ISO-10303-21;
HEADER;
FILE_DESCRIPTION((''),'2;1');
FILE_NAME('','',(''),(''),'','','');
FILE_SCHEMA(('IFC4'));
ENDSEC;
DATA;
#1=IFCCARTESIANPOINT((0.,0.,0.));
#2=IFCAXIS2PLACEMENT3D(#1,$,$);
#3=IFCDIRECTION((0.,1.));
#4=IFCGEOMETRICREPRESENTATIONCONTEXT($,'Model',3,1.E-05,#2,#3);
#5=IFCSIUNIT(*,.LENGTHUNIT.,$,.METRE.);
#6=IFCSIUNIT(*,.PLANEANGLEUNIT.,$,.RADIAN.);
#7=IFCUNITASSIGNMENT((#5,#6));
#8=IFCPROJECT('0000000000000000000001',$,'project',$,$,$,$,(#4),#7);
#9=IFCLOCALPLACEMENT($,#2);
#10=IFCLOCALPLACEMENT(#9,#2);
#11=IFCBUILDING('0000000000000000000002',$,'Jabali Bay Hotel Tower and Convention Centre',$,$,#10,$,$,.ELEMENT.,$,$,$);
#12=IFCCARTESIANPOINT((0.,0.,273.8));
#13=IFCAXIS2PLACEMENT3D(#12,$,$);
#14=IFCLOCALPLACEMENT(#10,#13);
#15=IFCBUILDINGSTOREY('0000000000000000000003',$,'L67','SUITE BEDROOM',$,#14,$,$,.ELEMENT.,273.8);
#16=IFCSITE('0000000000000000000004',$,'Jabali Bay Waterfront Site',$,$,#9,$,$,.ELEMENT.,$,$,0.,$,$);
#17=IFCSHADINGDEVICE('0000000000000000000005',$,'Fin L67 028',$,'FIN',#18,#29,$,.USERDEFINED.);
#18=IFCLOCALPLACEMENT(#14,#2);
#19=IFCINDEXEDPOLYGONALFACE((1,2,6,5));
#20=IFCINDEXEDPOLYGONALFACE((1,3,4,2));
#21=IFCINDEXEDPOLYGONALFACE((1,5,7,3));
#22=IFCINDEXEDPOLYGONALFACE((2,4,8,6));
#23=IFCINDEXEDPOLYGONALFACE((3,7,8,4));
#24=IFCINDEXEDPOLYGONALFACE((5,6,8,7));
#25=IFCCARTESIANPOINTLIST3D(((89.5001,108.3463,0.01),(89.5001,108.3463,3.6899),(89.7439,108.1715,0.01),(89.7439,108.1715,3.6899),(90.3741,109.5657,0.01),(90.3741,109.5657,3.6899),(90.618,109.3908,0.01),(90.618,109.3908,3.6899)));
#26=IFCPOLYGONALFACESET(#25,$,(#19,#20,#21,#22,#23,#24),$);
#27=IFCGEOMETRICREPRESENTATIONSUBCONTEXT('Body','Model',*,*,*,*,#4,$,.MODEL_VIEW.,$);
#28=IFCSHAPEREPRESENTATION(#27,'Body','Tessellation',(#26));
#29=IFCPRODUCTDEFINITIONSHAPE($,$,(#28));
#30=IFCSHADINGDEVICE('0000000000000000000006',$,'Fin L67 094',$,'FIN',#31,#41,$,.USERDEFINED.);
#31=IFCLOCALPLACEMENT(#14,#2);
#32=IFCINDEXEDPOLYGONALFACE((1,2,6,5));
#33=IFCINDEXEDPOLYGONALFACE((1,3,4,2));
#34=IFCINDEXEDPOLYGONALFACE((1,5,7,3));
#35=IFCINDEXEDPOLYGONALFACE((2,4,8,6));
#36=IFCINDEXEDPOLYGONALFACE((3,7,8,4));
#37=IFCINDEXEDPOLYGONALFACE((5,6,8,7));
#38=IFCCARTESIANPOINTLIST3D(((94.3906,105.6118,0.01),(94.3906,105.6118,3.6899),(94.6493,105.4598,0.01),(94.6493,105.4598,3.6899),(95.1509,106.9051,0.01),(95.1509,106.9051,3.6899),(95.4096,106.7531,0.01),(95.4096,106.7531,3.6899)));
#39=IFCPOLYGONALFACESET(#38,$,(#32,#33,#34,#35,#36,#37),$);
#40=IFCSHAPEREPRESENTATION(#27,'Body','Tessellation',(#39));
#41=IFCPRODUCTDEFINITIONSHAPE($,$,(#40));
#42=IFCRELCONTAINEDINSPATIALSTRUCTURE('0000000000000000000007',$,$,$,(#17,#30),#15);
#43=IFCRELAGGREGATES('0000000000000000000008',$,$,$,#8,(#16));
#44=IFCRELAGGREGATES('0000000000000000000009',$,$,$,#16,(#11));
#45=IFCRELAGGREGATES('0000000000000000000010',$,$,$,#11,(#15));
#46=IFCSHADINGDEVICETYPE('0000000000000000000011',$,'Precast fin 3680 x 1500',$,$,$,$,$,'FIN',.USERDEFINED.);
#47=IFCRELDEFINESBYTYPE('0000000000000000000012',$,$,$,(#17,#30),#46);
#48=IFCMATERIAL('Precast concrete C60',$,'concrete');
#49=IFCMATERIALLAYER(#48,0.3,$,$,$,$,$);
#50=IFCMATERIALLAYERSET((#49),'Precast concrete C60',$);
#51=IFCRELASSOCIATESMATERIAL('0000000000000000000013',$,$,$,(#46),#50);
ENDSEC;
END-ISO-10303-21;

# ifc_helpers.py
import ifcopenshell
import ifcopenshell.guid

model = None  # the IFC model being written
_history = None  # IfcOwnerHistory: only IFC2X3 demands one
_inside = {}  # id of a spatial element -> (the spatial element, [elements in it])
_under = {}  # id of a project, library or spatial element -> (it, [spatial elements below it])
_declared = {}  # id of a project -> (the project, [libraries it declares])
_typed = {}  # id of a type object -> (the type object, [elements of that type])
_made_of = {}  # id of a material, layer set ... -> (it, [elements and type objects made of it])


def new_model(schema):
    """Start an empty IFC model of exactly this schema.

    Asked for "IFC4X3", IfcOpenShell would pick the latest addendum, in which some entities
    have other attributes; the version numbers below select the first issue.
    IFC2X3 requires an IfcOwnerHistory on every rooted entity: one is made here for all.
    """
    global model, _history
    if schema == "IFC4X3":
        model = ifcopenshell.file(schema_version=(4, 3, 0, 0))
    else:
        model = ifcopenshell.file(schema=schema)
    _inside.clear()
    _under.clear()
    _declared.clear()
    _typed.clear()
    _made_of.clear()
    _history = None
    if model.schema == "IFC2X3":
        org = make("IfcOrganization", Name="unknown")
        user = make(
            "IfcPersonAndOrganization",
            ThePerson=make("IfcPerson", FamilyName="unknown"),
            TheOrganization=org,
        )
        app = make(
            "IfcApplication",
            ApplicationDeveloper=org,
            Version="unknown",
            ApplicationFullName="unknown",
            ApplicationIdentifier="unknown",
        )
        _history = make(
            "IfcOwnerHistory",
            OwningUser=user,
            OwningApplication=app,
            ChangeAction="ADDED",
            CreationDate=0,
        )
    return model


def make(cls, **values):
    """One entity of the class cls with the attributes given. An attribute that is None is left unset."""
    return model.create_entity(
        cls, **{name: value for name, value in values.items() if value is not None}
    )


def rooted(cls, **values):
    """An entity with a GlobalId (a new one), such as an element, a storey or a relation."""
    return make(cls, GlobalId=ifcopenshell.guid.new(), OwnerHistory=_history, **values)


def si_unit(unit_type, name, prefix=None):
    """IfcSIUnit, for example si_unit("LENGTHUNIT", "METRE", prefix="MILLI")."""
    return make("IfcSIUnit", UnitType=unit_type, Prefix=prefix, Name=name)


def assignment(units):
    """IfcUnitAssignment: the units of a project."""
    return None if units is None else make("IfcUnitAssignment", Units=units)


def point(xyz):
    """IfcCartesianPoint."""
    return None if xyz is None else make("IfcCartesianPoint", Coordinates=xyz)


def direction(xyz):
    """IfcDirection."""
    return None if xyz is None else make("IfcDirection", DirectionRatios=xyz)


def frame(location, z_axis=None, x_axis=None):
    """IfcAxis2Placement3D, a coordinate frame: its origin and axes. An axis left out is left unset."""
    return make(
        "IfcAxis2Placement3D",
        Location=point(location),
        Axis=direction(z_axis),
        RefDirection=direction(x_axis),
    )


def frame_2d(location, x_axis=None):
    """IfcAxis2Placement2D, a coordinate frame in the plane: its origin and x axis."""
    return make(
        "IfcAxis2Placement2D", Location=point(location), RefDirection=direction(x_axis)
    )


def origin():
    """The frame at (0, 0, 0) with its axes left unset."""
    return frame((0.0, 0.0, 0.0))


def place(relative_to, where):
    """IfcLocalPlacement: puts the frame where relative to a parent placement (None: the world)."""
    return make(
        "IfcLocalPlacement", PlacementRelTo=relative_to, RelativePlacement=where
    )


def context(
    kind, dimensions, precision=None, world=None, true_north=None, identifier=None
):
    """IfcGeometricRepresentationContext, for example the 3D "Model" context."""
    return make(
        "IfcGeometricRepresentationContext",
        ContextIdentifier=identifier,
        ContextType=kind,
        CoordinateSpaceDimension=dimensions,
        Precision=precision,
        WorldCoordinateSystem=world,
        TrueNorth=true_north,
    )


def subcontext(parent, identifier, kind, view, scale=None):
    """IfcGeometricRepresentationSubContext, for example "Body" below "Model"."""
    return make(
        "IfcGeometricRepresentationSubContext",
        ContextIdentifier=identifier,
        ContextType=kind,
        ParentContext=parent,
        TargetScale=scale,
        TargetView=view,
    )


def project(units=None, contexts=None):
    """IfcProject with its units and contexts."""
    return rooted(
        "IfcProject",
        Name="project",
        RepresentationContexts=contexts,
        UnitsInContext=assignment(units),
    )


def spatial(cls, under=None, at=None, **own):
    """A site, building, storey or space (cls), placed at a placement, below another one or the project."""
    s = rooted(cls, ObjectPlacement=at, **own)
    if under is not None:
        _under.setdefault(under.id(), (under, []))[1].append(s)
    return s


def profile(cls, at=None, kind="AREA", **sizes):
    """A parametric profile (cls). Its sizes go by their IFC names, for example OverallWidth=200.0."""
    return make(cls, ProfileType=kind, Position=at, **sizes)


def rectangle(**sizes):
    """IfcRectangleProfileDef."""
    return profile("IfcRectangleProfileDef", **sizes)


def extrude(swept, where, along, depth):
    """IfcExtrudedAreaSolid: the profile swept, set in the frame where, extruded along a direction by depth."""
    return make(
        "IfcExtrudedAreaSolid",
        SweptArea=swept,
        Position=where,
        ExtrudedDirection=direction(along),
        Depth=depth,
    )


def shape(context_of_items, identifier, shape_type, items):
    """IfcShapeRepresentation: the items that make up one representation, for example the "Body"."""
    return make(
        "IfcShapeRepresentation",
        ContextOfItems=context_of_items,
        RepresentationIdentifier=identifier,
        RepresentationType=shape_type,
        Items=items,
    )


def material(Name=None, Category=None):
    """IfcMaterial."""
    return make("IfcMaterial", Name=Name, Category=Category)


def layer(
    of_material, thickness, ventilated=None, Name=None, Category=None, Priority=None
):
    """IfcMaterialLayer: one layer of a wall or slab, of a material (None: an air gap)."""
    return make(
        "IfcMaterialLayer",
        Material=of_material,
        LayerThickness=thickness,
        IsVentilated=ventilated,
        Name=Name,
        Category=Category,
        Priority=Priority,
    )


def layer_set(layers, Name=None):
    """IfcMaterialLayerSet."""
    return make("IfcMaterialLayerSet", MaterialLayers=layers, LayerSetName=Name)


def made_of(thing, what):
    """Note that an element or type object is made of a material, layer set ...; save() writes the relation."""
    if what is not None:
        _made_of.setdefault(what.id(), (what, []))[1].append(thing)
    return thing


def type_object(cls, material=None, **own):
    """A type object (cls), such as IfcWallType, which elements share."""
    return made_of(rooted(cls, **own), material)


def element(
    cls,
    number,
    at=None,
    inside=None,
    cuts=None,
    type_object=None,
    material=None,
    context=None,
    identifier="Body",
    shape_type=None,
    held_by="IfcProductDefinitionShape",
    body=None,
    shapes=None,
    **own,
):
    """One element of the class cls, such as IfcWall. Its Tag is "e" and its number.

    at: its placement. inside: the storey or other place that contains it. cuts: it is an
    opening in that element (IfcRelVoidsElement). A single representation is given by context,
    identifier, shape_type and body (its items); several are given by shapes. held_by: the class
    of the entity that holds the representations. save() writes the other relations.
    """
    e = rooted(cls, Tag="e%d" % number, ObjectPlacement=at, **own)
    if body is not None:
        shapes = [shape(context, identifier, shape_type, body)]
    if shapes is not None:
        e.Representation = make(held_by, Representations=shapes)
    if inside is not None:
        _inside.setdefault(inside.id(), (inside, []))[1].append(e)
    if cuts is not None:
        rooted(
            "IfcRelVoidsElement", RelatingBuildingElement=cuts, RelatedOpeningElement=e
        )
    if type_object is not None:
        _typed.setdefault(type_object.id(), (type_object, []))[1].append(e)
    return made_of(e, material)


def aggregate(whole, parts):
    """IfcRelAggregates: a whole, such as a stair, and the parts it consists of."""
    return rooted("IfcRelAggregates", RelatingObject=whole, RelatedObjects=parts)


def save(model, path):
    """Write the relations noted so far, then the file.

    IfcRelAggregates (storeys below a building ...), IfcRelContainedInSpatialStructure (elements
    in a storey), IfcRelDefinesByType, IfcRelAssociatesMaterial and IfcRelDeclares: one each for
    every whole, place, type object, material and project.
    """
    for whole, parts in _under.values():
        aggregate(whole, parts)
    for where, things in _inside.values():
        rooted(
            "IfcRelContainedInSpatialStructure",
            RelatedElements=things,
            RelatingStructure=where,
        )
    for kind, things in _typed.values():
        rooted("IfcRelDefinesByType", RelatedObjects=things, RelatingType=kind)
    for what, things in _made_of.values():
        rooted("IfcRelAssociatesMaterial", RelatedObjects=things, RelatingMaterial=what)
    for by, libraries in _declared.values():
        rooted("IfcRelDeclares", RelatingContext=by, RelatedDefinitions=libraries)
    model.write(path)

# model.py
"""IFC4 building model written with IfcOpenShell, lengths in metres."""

from ifc_helpers import new_model, si_unit, direction, frame, frame_2d, origin, place, context, subcontext, project, spatial, rectangle, extrude, material, layer, layer_set, type_object, element, save


model = new_model("IFC4")

# Units and contexts
model_context = context("Model", 3, precision=1e-05, world=origin(), true_north=direction((0.0, 1.0)))
body_context = subcontext(model_context, "Body", "Model", "MODEL_VIEW")
ifc_project = project(units=[si_unit("LENGTHUNIT", "METRE"), si_unit("PLANEANGLEUNIT", "RADIAN")], contexts=[model_context])

# Site, building, storey
site_placement = place(None, origin())
site = spatial("IfcSite", under=ifc_project, at=site_placement, Name="Jabali Bay Waterfront Site", CompositionType="ELEMENT", RefElevation=0.0)
building_placement = place(site_placement, origin())
building = spatial("IfcBuilding", under=site, at=building_placement, Name="Jabali Bay Hotel Tower and Convention Centre", CompositionType="ELEMENT")
storey_placement = place(building_placement, frame((0.0, 0.0, 273.8)))
storey = spatial("IfcBuildingStorey", under=building, at=storey_placement, Name="L67", Description="SUITE BEDROOM", CompositionType="ELEMENT", Elevation=273.8)

# Shading devices
ifc_material_1 = material(Name="Precast concrete C60", Category="concrete")
ifc_layer_1 = layer(ifc_material_1, 0.3)
ifc_layer_set_1 = layer_set([ifc_layer_1], Name="Precast concrete C60")
shading_device_type = type_object("IfcShadingDeviceType", Name="Precast fin 3680 x 1500", ElementType="FIN", PredefinedType="USERDEFINED", material=ifc_layer_set_1)
for number, where, z_axis, x_axis, name in (
    (1, (89.6221, 108.259, 0.01), (0.0, 0.0, 1.0), (0.582623, 0.812743, 0.0), "Fin L67 028"),
    (2, (94.52, 105.5359, 0.01), (0.0, 0.0, 1.0), (0.506793, 0.862068, 0.0), "Fin L67 094"),
):
    element("IfcShadingDevice", number, at=place(storey_placement, frame(where, z_axis=z_axis, x_axis=x_axis)), inside=storey, type_object=shading_device_type, Name=name, ObjectType="FIN", PredefinedType="USERDEFINED", context=body_context, shape_type="SweptSolid", body=[
        extrude(rectangle(XDim=1.5002, YDim=0.3, at=frame_2d((0.75, 0.0))), origin(), (0.0, 0.0, 1.0), 3.6799),
    ])

save(model, "model.ifc")
